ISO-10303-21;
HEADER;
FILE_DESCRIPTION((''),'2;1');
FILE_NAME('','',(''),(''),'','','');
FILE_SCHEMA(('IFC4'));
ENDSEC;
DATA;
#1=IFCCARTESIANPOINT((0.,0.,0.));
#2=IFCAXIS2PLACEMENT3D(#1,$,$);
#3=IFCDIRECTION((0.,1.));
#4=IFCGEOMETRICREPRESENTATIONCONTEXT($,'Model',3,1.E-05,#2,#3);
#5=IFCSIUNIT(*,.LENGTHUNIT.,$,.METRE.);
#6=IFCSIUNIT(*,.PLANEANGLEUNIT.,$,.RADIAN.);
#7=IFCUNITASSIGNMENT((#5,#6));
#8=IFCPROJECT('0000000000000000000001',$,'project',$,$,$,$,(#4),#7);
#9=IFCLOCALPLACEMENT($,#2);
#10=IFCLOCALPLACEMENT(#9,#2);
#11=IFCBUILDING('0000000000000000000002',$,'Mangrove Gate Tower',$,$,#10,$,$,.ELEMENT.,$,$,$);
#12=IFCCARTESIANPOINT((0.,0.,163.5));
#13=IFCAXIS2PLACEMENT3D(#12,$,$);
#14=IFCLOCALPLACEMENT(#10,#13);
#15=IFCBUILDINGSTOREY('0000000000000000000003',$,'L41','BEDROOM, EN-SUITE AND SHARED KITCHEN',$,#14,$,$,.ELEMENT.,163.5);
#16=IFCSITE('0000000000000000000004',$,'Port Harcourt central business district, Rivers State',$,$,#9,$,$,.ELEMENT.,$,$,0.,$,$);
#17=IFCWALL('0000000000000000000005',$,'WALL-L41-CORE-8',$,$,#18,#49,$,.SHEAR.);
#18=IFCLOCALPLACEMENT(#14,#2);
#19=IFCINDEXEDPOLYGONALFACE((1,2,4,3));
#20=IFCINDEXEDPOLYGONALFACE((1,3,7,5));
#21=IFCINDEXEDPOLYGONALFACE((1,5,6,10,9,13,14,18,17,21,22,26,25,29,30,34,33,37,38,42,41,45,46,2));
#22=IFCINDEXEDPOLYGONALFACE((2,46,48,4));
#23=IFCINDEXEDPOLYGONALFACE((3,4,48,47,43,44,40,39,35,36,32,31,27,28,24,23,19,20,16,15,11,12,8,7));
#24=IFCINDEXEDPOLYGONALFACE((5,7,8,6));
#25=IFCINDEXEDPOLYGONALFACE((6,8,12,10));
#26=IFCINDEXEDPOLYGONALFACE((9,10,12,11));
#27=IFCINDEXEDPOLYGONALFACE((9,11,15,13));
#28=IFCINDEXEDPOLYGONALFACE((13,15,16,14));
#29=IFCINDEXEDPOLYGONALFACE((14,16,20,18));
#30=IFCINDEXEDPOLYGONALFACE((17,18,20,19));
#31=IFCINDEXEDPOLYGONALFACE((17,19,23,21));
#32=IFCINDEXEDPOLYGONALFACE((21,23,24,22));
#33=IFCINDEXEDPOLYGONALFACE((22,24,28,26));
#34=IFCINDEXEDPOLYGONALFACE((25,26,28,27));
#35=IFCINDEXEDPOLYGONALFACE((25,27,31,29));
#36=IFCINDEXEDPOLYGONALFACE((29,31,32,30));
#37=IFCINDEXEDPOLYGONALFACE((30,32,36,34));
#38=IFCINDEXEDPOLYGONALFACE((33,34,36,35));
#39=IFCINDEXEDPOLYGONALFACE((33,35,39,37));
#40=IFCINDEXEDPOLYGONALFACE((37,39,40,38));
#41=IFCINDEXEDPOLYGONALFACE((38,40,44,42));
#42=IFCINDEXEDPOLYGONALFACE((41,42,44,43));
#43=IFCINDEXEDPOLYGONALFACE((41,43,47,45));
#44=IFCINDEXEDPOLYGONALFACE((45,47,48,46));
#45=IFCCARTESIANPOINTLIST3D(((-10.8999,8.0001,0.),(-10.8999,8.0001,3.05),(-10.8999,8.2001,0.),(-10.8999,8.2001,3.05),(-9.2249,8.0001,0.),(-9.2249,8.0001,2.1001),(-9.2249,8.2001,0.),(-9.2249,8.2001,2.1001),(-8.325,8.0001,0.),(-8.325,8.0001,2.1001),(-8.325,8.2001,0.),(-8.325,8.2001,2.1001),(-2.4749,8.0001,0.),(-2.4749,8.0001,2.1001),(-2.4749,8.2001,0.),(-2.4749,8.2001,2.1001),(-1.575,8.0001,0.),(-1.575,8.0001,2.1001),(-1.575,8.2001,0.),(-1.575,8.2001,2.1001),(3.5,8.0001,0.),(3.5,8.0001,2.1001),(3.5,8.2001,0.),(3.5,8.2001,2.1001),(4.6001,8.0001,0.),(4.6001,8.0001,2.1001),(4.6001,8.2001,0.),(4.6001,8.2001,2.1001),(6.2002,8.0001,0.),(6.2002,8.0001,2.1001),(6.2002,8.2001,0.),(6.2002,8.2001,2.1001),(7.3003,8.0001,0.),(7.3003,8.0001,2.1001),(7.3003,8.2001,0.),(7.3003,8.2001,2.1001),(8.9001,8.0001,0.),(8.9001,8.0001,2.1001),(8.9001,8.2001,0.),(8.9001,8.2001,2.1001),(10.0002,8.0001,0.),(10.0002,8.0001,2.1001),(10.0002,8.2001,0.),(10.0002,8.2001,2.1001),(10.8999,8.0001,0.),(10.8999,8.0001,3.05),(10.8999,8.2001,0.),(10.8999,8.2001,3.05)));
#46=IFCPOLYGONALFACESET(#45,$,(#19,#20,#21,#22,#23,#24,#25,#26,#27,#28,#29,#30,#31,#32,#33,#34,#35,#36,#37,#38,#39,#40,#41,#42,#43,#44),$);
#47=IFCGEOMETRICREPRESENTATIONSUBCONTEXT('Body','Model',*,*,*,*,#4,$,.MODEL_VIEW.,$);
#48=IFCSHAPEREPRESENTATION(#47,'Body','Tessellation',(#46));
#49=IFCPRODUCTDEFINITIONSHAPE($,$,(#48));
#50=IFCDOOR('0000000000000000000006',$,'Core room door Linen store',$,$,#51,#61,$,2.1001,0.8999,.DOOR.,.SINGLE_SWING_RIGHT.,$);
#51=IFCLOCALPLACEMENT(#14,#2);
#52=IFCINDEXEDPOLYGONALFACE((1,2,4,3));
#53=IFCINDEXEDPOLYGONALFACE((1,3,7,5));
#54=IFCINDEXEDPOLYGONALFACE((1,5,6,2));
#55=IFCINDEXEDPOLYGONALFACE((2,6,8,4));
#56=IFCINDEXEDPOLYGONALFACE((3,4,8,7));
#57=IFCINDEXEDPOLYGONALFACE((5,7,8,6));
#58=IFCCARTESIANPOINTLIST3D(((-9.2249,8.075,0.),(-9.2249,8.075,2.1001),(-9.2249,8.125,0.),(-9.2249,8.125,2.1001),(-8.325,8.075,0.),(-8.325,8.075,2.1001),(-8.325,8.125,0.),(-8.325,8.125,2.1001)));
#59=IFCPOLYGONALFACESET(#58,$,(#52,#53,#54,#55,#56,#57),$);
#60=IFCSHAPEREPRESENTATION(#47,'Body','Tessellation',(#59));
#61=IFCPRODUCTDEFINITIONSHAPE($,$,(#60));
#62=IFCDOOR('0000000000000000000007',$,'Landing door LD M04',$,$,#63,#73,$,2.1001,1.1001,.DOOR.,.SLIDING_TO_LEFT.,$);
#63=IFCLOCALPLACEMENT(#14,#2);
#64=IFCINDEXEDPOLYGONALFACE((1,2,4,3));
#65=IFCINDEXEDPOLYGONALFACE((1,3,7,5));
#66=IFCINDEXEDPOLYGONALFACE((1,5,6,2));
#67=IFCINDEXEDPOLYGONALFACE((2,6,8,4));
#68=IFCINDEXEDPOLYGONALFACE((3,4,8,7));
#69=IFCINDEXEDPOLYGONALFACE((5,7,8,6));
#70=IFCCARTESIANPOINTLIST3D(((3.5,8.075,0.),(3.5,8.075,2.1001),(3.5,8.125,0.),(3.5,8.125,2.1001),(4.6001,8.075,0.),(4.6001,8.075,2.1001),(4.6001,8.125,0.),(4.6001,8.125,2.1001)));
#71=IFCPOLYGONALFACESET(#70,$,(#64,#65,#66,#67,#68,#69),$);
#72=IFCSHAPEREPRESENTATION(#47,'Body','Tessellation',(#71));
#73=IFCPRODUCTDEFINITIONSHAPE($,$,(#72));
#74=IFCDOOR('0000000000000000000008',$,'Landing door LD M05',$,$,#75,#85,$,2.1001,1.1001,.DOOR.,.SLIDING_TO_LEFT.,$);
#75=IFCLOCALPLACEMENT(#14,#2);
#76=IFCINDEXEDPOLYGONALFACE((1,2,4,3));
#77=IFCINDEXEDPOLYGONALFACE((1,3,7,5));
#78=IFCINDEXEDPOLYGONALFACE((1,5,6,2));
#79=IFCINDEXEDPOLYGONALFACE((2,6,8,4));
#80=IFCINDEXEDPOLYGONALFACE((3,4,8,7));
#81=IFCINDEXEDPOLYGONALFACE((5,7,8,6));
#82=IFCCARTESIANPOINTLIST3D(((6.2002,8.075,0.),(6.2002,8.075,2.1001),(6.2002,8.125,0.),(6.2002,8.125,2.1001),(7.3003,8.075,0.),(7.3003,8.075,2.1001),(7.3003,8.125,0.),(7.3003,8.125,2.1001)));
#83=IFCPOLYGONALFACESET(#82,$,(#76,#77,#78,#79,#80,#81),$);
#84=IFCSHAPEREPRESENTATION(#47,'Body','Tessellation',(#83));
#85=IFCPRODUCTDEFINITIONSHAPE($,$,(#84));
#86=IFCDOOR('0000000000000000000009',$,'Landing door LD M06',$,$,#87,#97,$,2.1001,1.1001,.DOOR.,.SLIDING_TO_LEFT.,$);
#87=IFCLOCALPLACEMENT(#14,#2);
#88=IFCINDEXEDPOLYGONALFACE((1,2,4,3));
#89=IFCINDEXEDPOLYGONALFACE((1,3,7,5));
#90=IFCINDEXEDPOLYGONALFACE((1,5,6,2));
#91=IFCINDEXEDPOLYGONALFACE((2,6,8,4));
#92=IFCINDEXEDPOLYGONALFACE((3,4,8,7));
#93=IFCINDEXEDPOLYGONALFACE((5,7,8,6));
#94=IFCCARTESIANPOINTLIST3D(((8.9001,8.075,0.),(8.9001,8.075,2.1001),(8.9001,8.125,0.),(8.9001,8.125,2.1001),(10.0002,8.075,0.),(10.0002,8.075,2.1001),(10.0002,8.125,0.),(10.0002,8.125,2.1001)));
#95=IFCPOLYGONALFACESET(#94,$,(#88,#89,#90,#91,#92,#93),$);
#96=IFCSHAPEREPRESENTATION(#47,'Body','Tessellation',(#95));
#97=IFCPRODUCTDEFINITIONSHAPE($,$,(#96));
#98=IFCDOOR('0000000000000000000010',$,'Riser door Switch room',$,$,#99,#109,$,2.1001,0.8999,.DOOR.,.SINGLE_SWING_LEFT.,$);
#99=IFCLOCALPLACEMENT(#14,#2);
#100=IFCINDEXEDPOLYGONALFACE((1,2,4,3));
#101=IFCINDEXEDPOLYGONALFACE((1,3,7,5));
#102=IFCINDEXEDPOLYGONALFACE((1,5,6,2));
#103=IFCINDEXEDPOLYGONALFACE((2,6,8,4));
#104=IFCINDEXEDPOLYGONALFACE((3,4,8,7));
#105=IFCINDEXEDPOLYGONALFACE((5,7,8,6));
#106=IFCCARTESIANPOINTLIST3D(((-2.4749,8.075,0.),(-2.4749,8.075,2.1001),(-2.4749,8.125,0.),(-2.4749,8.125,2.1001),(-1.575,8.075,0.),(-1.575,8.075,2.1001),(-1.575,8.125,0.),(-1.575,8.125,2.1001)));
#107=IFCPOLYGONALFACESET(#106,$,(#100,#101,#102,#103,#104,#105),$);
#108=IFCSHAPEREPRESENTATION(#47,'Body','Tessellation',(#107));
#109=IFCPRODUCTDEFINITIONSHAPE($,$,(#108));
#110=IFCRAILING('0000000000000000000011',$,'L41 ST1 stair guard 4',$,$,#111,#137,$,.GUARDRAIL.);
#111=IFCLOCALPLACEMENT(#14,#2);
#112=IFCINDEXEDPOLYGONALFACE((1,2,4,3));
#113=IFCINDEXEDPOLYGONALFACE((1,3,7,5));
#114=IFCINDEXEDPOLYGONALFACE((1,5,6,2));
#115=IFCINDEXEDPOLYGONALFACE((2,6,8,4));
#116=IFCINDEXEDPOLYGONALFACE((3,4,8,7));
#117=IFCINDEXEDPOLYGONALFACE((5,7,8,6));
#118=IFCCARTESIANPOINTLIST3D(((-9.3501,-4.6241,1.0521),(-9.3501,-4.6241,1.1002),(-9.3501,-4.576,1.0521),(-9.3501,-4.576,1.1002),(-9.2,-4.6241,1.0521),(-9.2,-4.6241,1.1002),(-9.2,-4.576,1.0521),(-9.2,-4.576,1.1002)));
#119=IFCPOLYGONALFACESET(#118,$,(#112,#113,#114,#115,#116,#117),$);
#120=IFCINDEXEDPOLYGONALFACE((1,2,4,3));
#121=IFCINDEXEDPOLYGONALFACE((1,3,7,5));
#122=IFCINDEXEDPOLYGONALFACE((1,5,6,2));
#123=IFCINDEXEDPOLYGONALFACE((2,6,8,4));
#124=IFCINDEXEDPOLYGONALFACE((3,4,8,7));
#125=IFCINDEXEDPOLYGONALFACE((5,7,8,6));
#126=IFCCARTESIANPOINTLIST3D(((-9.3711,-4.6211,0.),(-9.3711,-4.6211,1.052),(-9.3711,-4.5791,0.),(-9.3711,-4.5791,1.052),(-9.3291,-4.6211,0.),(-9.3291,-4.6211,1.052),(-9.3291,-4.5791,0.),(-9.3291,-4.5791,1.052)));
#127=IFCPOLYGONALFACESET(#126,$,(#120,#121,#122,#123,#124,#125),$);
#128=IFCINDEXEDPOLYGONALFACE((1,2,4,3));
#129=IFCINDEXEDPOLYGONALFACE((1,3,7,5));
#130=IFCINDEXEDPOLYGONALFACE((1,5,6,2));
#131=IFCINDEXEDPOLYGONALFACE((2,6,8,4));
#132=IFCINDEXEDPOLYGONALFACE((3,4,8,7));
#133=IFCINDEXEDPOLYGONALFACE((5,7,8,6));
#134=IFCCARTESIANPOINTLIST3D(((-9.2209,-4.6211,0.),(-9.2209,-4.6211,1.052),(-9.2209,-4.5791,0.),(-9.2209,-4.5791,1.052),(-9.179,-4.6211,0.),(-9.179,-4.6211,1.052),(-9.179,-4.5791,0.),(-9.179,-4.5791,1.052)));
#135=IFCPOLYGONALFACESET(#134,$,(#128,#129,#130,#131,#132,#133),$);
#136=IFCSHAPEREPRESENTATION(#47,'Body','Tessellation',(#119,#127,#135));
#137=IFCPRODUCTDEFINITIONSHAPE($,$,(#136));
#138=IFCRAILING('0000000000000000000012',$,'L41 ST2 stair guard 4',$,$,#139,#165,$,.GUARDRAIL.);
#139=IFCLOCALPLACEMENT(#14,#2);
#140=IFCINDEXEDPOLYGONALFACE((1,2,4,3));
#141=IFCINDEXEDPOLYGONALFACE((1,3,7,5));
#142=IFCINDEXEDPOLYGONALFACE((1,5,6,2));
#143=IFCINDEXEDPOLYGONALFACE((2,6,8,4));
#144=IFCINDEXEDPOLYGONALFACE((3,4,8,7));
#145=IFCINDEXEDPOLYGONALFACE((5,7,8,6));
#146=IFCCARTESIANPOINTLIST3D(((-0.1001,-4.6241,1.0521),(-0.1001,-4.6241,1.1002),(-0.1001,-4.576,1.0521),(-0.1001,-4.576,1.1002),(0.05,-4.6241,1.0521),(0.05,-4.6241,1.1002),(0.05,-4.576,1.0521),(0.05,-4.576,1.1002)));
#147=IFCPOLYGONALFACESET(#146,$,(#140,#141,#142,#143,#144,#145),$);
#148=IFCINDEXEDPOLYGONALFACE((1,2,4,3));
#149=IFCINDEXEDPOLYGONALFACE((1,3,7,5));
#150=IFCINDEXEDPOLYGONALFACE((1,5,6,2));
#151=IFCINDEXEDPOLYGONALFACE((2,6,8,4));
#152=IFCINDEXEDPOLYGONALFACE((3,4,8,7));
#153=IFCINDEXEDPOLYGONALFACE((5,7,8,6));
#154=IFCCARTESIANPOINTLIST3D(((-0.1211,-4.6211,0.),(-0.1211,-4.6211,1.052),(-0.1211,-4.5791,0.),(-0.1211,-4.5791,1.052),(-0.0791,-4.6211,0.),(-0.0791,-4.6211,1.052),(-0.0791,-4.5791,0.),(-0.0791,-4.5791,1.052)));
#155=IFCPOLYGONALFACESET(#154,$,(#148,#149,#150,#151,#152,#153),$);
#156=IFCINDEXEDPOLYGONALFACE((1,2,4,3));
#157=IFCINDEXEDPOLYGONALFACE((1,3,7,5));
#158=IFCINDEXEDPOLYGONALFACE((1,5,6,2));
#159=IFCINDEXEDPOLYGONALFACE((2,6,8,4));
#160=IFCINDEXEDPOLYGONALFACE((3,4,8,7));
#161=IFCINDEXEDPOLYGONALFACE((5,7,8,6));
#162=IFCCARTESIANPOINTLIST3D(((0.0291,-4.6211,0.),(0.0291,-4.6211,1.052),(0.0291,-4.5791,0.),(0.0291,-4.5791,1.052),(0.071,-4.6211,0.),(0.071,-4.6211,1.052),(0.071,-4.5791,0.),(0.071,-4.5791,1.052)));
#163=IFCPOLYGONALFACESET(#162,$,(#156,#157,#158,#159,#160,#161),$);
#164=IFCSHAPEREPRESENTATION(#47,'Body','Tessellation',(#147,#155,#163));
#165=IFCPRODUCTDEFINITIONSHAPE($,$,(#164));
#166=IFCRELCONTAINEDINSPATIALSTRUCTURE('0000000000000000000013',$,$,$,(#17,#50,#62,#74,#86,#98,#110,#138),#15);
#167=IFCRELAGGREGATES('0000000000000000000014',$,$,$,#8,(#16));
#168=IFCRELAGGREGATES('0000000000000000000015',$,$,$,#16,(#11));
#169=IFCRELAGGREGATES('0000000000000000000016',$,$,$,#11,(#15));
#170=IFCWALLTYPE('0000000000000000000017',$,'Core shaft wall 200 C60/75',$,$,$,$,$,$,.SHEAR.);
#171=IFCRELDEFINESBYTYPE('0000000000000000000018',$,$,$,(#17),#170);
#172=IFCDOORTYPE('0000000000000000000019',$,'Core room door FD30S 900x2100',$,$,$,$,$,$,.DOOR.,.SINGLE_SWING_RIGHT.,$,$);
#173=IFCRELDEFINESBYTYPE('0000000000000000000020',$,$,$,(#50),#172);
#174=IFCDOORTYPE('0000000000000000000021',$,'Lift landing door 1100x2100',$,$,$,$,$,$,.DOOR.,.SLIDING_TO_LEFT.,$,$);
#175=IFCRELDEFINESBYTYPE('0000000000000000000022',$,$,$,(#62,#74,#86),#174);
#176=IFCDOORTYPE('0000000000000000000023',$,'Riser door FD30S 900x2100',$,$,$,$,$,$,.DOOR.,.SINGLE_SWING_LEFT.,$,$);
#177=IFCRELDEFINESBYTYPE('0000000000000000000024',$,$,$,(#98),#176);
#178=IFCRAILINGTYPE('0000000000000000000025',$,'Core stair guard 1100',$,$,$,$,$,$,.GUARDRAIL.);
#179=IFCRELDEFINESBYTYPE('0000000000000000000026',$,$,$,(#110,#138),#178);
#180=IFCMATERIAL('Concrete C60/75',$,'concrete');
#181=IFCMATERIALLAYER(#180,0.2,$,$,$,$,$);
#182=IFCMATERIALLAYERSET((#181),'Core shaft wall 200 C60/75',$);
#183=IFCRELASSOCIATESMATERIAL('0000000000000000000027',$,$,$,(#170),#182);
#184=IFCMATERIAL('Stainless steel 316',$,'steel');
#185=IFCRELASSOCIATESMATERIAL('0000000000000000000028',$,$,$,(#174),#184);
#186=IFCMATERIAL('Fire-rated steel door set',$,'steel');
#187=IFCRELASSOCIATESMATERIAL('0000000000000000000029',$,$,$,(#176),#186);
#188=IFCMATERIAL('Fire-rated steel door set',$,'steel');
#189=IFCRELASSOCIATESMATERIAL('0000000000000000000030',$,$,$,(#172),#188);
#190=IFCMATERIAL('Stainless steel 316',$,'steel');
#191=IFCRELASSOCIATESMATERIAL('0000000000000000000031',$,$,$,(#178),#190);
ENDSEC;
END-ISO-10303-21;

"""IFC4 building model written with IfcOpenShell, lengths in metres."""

from ifc_helpers import new_model, si_unit, direction, frame, frame_2d, origin, origin_2d, place, context, subcontext, project, spatial, rectangle, extrude, material, layer, layer_set, type_object, element, fill, save


model = new_model("IFC4")

# Units and contexts
model_context = context("Model", 3, precision=1e-05, world=origin(), true_north=direction((0.0, 1.0)))
body_context = subcontext(model_context, "Body", "Model", "MODEL_VIEW")
ifc_project = project(units=[si_unit("LENGTHUNIT", "METRE"), si_unit("PLANEANGLEUNIT", "RADIAN")], contexts=[model_context])

# Site, building, storey
site_placement = place(None, origin())
site = spatial("IfcSite", under=ifc_project, at=site_placement, Name="Port Harcourt central business district, Rivers State", CompositionType="ELEMENT", RefElevation=0.0)
building_placement = place(site_placement, origin())
building = spatial("IfcBuilding", under=site, at=building_placement, Name="Mangrove Gate Tower", CompositionType="ELEMENT")
storey_placement = place(building_placement, frame((0.0, 0.0, 163.5)))
storey = spatial("IfcBuildingStorey", under=building, at=storey_placement, Name="L41", Description="BEDROOM, EN-SUITE AND SHARED KITCHEN", CompositionType="ELEMENT", Elevation=163.5)

# Shared definitions
ifc_material_1 = material(Name="Concrete C60/75", Category="concrete")
ifc_layer_1 = layer(ifc_material_1, 0.2)
ifc_layer_set_1 = layer_set([ifc_layer_1], Name="Core shaft wall 200 C60/75")
wall_type_1 = type_object("IfcWallType", Name="Core shaft wall 200 C60/75", PredefinedType="SHEAR", material=ifc_layer_set_1)

# Wall, openings, doors
ifc_material_2 = material(Name="Stainless steel 316", Category="steel")
door_type_1 = type_object("IfcDoorType", Name="Lift landing door 1100x2100", OperationType="SLIDING_TO_LEFT", PredefinedType="DOOR", material=ifc_material_2)
ifc_material_3 = material(Name="Fire-rated steel door set", Category="steel")
door_type_2 = type_object("IfcDoorType", Name="Riser door FD30S 900x2100", OperationType="SINGLE_SWING_LEFT", PredefinedType="DOOR", material=ifc_material_3)
wall_1_placement = place(storey_placement, frame((-10.8999, 8.1001, 0.0), z_axis=(0.0, 0.0, 1.0), x_axis=(1.0, 0.0, 0.0)))
wall_1 = element("IfcWall", 1, at=wall_1_placement, inside=storey, type_object=wall_type_1, Name="WALL-L41-CORE-8", PredefinedType="SHEAR", context=body_context, shape_type="SweptSolid", body=[
    extrude(rectangle(XDim=21.7998, YDim=0.2, at=frame_2d((10.8999, 0.0))), origin(), (0.0, 0.0, 1.0), 3.05),
])
opening_1_placement = place(wall_1_placement, frame((14.3999, 0.0, 0.0)))
opening_1 = element("IfcOpeningElement", 2, at=opening_1_placement, cuts=wall_1, PredefinedType="OPENING", context=body_context, shape_type="SweptSolid", body=[
    extrude(rectangle(XDim=1.1001, YDim=2.1001, at=frame_2d((0.55, 1.05))), frame((0.0, 0.1099, 0.0), z_axis=(0.0, -1.0, 0.0), x_axis=(1.0, 0.0, 0.0)), (0.0, 0.0, 1.0), 0.22),
])
opening_2_placement = place(wall_1_placement, frame((17.1001, 0.0, 0.0)))
opening_2 = element("IfcOpeningElement", 3, at=opening_2_placement, cuts=wall_1, PredefinedType="OPENING", context=body_context, shape_type="SweptSolid", body=[
    extrude(rectangle(XDim=1.1001, YDim=2.1001, at=frame_2d((0.55, 1.05))), frame((0.0, 0.1099, 0.0), z_axis=(0.0, -1.0, 0.0), x_axis=(1.0, 0.0, 0.0)), (0.0, 0.0, 1.0), 0.22),
])
opening_3_placement = place(wall_1_placement, frame((19.8, 0.0, 0.0)))
opening_3 = element("IfcOpeningElement", 4, at=opening_3_placement, cuts=wall_1, PredefinedType="OPENING", context=body_context, shape_type="SweptSolid", body=[
    extrude(rectangle(XDim=1.1001, YDim=2.1001, at=frame_2d((0.55, 1.05))), frame((0.0, 0.1099, 0.0), z_axis=(0.0, -1.0, 0.0), x_axis=(1.0, 0.0, 0.0)), (0.0, 0.0, 1.0), 0.22),
])
opening_4_placement = place(wall_1_placement, frame((1.675, 0.0, 0.0)))
opening_4 = element("IfcOpeningElement", 5, at=opening_4_placement, cuts=wall_1, PredefinedType="OPENING", context=body_context, shape_type="SweptSolid", body=[
    extrude(rectangle(XDim=0.8999, YDim=2.1001, at=frame_2d((0.45, 1.05))), frame((0.0, 0.1099, 0.0), z_axis=(0.0, -1.0, 0.0), x_axis=(1.0, 0.0, 0.0)), (0.0, 0.0, 1.0), 0.22),
])
opening_5_placement = place(wall_1_placement, frame((8.425, 0.0, 0.0)))
opening_5 = element("IfcOpeningElement", 6, at=opening_5_placement, cuts=wall_1, PredefinedType="OPENING", context=body_context, shape_type="SweptSolid", body=[
    extrude(rectangle(XDim=0.8999, YDim=2.1001, at=frame_2d((0.45, 1.05))), frame((0.0, 0.1099, 0.0), z_axis=(0.0, -1.0, 0.0), x_axis=(1.0, 0.0, 0.0)), (0.0, 0.0, 1.0), 0.22),
])
ifc_material_4 = material(Name="Fire-rated steel door set", Category="steel")
door_type_3 = type_object("IfcDoorType", Name="Core room door FD30S 900x2100", OperationType="SINGLE_SWING_RIGHT", PredefinedType="DOOR", material=ifc_material_4)
door_1_placement = place(opening_4_placement, origin())
door_1 = element("IfcDoor", 7, at=door_1_placement, inside=storey, type_object=door_type_3, Name="Core room door Linen store", OperationType="SINGLE_SWING_RIGHT", OverallHeight=2.1001, OverallWidth=0.8999, PredefinedType="DOOR", context=body_context, shape_type="SweptSolid", body=[
    extrude(rectangle(XDim=0.8999, YDim=2.1001, at=frame_2d((0.45, 1.05))), frame((0.0, 0.0249, 0.0), z_axis=(0.0, -1.0, 0.0), x_axis=(1.0, 0.0, 0.0)), (0.0, 0.0, 1.0), 0.05),
])
fill(opening_4, door_1)
door_2_placement = place(opening_1_placement, origin())
door_2 = element("IfcDoor", 8, at=door_2_placement, inside=storey, type_object=door_type_1, Name="Landing door LD M04", OperationType="SLIDING_TO_LEFT", OverallHeight=2.1001, OverallWidth=1.1001, PredefinedType="DOOR", context=body_context, shape_type="SweptSolid", body=[
    extrude(rectangle(XDim=1.1001, YDim=2.1001, at=frame_2d((0.55, 1.05))), frame((0.0, 0.0249, 0.0), z_axis=(0.0, -1.0, 0.0), x_axis=(1.0, 0.0, 0.0)), (0.0, 0.0, 1.0), 0.05),
])
fill(opening_1, door_2)
door_3_placement = place(opening_2_placement, origin())
door_3 = element("IfcDoor", 9, at=door_3_placement, inside=storey, type_object=door_type_1, Name="Landing door LD M05", OperationType="SLIDING_TO_LEFT", OverallHeight=2.1001, OverallWidth=1.1001, PredefinedType="DOOR", context=body_context, shape_type="SweptSolid", body=[
    extrude(rectangle(XDim=1.1001, YDim=2.1001, at=frame_2d((0.55, 1.05))), frame((0.0, 0.0249, 0.0), z_axis=(0.0, -1.0, 0.0), x_axis=(1.0, 0.0, 0.0)), (0.0, 0.0, 1.0), 0.05),
])
fill(opening_2, door_3)
door_4_placement = place(opening_3_placement, origin())
door_4 = element("IfcDoor", 10, at=door_4_placement, inside=storey, type_object=door_type_1, Name="Landing door LD M06", OperationType="SLIDING_TO_LEFT", OverallHeight=2.1001, OverallWidth=1.1001, PredefinedType="DOOR", context=body_context, shape_type="SweptSolid", body=[
    extrude(rectangle(XDim=1.1001, YDim=2.1001, at=frame_2d((0.55, 1.05))), frame((0.0, 0.0249, 0.0), z_axis=(0.0, -1.0, 0.0), x_axis=(1.0, 0.0, 0.0)), (0.0, 0.0, 1.0), 0.05),
])
fill(opening_3, door_4)
door_5_placement = place(opening_5_placement, origin())
door_5 = element("IfcDoor", 11, at=door_5_placement, inside=storey, type_object=door_type_2, Name="Riser door Switch room", OperationType="SINGLE_SWING_LEFT", OverallHeight=2.1001, OverallWidth=0.8999, PredefinedType="DOOR", context=body_context, shape_type="SweptSolid", body=[
    extrude(rectangle(XDim=0.8999, YDim=2.1001, at=frame_2d((0.45, 1.05))), frame((0.0, 0.0249, 0.0), z_axis=(0.0, -1.0, 0.0), x_axis=(1.0, 0.0, 0.0)), (0.0, 0.0, 1.0), 0.05),
])
fill(opening_5, door_5)

# Railings
ifc_material_5 = material(Name="Stainless steel 316", Category="steel")
railing_type = type_object("IfcRailingType", Name="Core stair guard 1100", PredefinedType="GUARDRAIL", material=ifc_material_5)
for number, where, name in (
    (12, (-9.3501, -4.6001, 0.0), "L41 ST1 stair guard 4"),
    (13, (-0.1001, -4.6001, 0.0), "L41 ST2 stair guard 4"),
):
    element("IfcRailing", number, at=place(storey_placement, frame(where)), inside=storey, type_object=railing_type, Name=name, PredefinedType="GUARDRAIL", context=body_context, shape_type="SweptSolid", body=[
        extrude(rectangle(XDim=0.0481, YDim=0.0481, at=origin_2d()), frame((0.0, 0.0, 1.0762), z_axis=(1.0, 0.0, 0.0), x_axis=(0.0, 1.0, 0.0)), (0.0, 0.0, 1.0), 0.1501),
        extrude(rectangle(XDim=0.042, YDim=0.042, at=origin_2d()), origin(), (0.0, 0.0, 1.0), 1.052),
        extrude(rectangle(XDim=0.042, YDim=0.042, at=origin_2d()), frame((0.1501, 0.0, 0.0)), (0.0, 0.0, 1.0), 1.052),
    ])

save(model, "model.ifc")
